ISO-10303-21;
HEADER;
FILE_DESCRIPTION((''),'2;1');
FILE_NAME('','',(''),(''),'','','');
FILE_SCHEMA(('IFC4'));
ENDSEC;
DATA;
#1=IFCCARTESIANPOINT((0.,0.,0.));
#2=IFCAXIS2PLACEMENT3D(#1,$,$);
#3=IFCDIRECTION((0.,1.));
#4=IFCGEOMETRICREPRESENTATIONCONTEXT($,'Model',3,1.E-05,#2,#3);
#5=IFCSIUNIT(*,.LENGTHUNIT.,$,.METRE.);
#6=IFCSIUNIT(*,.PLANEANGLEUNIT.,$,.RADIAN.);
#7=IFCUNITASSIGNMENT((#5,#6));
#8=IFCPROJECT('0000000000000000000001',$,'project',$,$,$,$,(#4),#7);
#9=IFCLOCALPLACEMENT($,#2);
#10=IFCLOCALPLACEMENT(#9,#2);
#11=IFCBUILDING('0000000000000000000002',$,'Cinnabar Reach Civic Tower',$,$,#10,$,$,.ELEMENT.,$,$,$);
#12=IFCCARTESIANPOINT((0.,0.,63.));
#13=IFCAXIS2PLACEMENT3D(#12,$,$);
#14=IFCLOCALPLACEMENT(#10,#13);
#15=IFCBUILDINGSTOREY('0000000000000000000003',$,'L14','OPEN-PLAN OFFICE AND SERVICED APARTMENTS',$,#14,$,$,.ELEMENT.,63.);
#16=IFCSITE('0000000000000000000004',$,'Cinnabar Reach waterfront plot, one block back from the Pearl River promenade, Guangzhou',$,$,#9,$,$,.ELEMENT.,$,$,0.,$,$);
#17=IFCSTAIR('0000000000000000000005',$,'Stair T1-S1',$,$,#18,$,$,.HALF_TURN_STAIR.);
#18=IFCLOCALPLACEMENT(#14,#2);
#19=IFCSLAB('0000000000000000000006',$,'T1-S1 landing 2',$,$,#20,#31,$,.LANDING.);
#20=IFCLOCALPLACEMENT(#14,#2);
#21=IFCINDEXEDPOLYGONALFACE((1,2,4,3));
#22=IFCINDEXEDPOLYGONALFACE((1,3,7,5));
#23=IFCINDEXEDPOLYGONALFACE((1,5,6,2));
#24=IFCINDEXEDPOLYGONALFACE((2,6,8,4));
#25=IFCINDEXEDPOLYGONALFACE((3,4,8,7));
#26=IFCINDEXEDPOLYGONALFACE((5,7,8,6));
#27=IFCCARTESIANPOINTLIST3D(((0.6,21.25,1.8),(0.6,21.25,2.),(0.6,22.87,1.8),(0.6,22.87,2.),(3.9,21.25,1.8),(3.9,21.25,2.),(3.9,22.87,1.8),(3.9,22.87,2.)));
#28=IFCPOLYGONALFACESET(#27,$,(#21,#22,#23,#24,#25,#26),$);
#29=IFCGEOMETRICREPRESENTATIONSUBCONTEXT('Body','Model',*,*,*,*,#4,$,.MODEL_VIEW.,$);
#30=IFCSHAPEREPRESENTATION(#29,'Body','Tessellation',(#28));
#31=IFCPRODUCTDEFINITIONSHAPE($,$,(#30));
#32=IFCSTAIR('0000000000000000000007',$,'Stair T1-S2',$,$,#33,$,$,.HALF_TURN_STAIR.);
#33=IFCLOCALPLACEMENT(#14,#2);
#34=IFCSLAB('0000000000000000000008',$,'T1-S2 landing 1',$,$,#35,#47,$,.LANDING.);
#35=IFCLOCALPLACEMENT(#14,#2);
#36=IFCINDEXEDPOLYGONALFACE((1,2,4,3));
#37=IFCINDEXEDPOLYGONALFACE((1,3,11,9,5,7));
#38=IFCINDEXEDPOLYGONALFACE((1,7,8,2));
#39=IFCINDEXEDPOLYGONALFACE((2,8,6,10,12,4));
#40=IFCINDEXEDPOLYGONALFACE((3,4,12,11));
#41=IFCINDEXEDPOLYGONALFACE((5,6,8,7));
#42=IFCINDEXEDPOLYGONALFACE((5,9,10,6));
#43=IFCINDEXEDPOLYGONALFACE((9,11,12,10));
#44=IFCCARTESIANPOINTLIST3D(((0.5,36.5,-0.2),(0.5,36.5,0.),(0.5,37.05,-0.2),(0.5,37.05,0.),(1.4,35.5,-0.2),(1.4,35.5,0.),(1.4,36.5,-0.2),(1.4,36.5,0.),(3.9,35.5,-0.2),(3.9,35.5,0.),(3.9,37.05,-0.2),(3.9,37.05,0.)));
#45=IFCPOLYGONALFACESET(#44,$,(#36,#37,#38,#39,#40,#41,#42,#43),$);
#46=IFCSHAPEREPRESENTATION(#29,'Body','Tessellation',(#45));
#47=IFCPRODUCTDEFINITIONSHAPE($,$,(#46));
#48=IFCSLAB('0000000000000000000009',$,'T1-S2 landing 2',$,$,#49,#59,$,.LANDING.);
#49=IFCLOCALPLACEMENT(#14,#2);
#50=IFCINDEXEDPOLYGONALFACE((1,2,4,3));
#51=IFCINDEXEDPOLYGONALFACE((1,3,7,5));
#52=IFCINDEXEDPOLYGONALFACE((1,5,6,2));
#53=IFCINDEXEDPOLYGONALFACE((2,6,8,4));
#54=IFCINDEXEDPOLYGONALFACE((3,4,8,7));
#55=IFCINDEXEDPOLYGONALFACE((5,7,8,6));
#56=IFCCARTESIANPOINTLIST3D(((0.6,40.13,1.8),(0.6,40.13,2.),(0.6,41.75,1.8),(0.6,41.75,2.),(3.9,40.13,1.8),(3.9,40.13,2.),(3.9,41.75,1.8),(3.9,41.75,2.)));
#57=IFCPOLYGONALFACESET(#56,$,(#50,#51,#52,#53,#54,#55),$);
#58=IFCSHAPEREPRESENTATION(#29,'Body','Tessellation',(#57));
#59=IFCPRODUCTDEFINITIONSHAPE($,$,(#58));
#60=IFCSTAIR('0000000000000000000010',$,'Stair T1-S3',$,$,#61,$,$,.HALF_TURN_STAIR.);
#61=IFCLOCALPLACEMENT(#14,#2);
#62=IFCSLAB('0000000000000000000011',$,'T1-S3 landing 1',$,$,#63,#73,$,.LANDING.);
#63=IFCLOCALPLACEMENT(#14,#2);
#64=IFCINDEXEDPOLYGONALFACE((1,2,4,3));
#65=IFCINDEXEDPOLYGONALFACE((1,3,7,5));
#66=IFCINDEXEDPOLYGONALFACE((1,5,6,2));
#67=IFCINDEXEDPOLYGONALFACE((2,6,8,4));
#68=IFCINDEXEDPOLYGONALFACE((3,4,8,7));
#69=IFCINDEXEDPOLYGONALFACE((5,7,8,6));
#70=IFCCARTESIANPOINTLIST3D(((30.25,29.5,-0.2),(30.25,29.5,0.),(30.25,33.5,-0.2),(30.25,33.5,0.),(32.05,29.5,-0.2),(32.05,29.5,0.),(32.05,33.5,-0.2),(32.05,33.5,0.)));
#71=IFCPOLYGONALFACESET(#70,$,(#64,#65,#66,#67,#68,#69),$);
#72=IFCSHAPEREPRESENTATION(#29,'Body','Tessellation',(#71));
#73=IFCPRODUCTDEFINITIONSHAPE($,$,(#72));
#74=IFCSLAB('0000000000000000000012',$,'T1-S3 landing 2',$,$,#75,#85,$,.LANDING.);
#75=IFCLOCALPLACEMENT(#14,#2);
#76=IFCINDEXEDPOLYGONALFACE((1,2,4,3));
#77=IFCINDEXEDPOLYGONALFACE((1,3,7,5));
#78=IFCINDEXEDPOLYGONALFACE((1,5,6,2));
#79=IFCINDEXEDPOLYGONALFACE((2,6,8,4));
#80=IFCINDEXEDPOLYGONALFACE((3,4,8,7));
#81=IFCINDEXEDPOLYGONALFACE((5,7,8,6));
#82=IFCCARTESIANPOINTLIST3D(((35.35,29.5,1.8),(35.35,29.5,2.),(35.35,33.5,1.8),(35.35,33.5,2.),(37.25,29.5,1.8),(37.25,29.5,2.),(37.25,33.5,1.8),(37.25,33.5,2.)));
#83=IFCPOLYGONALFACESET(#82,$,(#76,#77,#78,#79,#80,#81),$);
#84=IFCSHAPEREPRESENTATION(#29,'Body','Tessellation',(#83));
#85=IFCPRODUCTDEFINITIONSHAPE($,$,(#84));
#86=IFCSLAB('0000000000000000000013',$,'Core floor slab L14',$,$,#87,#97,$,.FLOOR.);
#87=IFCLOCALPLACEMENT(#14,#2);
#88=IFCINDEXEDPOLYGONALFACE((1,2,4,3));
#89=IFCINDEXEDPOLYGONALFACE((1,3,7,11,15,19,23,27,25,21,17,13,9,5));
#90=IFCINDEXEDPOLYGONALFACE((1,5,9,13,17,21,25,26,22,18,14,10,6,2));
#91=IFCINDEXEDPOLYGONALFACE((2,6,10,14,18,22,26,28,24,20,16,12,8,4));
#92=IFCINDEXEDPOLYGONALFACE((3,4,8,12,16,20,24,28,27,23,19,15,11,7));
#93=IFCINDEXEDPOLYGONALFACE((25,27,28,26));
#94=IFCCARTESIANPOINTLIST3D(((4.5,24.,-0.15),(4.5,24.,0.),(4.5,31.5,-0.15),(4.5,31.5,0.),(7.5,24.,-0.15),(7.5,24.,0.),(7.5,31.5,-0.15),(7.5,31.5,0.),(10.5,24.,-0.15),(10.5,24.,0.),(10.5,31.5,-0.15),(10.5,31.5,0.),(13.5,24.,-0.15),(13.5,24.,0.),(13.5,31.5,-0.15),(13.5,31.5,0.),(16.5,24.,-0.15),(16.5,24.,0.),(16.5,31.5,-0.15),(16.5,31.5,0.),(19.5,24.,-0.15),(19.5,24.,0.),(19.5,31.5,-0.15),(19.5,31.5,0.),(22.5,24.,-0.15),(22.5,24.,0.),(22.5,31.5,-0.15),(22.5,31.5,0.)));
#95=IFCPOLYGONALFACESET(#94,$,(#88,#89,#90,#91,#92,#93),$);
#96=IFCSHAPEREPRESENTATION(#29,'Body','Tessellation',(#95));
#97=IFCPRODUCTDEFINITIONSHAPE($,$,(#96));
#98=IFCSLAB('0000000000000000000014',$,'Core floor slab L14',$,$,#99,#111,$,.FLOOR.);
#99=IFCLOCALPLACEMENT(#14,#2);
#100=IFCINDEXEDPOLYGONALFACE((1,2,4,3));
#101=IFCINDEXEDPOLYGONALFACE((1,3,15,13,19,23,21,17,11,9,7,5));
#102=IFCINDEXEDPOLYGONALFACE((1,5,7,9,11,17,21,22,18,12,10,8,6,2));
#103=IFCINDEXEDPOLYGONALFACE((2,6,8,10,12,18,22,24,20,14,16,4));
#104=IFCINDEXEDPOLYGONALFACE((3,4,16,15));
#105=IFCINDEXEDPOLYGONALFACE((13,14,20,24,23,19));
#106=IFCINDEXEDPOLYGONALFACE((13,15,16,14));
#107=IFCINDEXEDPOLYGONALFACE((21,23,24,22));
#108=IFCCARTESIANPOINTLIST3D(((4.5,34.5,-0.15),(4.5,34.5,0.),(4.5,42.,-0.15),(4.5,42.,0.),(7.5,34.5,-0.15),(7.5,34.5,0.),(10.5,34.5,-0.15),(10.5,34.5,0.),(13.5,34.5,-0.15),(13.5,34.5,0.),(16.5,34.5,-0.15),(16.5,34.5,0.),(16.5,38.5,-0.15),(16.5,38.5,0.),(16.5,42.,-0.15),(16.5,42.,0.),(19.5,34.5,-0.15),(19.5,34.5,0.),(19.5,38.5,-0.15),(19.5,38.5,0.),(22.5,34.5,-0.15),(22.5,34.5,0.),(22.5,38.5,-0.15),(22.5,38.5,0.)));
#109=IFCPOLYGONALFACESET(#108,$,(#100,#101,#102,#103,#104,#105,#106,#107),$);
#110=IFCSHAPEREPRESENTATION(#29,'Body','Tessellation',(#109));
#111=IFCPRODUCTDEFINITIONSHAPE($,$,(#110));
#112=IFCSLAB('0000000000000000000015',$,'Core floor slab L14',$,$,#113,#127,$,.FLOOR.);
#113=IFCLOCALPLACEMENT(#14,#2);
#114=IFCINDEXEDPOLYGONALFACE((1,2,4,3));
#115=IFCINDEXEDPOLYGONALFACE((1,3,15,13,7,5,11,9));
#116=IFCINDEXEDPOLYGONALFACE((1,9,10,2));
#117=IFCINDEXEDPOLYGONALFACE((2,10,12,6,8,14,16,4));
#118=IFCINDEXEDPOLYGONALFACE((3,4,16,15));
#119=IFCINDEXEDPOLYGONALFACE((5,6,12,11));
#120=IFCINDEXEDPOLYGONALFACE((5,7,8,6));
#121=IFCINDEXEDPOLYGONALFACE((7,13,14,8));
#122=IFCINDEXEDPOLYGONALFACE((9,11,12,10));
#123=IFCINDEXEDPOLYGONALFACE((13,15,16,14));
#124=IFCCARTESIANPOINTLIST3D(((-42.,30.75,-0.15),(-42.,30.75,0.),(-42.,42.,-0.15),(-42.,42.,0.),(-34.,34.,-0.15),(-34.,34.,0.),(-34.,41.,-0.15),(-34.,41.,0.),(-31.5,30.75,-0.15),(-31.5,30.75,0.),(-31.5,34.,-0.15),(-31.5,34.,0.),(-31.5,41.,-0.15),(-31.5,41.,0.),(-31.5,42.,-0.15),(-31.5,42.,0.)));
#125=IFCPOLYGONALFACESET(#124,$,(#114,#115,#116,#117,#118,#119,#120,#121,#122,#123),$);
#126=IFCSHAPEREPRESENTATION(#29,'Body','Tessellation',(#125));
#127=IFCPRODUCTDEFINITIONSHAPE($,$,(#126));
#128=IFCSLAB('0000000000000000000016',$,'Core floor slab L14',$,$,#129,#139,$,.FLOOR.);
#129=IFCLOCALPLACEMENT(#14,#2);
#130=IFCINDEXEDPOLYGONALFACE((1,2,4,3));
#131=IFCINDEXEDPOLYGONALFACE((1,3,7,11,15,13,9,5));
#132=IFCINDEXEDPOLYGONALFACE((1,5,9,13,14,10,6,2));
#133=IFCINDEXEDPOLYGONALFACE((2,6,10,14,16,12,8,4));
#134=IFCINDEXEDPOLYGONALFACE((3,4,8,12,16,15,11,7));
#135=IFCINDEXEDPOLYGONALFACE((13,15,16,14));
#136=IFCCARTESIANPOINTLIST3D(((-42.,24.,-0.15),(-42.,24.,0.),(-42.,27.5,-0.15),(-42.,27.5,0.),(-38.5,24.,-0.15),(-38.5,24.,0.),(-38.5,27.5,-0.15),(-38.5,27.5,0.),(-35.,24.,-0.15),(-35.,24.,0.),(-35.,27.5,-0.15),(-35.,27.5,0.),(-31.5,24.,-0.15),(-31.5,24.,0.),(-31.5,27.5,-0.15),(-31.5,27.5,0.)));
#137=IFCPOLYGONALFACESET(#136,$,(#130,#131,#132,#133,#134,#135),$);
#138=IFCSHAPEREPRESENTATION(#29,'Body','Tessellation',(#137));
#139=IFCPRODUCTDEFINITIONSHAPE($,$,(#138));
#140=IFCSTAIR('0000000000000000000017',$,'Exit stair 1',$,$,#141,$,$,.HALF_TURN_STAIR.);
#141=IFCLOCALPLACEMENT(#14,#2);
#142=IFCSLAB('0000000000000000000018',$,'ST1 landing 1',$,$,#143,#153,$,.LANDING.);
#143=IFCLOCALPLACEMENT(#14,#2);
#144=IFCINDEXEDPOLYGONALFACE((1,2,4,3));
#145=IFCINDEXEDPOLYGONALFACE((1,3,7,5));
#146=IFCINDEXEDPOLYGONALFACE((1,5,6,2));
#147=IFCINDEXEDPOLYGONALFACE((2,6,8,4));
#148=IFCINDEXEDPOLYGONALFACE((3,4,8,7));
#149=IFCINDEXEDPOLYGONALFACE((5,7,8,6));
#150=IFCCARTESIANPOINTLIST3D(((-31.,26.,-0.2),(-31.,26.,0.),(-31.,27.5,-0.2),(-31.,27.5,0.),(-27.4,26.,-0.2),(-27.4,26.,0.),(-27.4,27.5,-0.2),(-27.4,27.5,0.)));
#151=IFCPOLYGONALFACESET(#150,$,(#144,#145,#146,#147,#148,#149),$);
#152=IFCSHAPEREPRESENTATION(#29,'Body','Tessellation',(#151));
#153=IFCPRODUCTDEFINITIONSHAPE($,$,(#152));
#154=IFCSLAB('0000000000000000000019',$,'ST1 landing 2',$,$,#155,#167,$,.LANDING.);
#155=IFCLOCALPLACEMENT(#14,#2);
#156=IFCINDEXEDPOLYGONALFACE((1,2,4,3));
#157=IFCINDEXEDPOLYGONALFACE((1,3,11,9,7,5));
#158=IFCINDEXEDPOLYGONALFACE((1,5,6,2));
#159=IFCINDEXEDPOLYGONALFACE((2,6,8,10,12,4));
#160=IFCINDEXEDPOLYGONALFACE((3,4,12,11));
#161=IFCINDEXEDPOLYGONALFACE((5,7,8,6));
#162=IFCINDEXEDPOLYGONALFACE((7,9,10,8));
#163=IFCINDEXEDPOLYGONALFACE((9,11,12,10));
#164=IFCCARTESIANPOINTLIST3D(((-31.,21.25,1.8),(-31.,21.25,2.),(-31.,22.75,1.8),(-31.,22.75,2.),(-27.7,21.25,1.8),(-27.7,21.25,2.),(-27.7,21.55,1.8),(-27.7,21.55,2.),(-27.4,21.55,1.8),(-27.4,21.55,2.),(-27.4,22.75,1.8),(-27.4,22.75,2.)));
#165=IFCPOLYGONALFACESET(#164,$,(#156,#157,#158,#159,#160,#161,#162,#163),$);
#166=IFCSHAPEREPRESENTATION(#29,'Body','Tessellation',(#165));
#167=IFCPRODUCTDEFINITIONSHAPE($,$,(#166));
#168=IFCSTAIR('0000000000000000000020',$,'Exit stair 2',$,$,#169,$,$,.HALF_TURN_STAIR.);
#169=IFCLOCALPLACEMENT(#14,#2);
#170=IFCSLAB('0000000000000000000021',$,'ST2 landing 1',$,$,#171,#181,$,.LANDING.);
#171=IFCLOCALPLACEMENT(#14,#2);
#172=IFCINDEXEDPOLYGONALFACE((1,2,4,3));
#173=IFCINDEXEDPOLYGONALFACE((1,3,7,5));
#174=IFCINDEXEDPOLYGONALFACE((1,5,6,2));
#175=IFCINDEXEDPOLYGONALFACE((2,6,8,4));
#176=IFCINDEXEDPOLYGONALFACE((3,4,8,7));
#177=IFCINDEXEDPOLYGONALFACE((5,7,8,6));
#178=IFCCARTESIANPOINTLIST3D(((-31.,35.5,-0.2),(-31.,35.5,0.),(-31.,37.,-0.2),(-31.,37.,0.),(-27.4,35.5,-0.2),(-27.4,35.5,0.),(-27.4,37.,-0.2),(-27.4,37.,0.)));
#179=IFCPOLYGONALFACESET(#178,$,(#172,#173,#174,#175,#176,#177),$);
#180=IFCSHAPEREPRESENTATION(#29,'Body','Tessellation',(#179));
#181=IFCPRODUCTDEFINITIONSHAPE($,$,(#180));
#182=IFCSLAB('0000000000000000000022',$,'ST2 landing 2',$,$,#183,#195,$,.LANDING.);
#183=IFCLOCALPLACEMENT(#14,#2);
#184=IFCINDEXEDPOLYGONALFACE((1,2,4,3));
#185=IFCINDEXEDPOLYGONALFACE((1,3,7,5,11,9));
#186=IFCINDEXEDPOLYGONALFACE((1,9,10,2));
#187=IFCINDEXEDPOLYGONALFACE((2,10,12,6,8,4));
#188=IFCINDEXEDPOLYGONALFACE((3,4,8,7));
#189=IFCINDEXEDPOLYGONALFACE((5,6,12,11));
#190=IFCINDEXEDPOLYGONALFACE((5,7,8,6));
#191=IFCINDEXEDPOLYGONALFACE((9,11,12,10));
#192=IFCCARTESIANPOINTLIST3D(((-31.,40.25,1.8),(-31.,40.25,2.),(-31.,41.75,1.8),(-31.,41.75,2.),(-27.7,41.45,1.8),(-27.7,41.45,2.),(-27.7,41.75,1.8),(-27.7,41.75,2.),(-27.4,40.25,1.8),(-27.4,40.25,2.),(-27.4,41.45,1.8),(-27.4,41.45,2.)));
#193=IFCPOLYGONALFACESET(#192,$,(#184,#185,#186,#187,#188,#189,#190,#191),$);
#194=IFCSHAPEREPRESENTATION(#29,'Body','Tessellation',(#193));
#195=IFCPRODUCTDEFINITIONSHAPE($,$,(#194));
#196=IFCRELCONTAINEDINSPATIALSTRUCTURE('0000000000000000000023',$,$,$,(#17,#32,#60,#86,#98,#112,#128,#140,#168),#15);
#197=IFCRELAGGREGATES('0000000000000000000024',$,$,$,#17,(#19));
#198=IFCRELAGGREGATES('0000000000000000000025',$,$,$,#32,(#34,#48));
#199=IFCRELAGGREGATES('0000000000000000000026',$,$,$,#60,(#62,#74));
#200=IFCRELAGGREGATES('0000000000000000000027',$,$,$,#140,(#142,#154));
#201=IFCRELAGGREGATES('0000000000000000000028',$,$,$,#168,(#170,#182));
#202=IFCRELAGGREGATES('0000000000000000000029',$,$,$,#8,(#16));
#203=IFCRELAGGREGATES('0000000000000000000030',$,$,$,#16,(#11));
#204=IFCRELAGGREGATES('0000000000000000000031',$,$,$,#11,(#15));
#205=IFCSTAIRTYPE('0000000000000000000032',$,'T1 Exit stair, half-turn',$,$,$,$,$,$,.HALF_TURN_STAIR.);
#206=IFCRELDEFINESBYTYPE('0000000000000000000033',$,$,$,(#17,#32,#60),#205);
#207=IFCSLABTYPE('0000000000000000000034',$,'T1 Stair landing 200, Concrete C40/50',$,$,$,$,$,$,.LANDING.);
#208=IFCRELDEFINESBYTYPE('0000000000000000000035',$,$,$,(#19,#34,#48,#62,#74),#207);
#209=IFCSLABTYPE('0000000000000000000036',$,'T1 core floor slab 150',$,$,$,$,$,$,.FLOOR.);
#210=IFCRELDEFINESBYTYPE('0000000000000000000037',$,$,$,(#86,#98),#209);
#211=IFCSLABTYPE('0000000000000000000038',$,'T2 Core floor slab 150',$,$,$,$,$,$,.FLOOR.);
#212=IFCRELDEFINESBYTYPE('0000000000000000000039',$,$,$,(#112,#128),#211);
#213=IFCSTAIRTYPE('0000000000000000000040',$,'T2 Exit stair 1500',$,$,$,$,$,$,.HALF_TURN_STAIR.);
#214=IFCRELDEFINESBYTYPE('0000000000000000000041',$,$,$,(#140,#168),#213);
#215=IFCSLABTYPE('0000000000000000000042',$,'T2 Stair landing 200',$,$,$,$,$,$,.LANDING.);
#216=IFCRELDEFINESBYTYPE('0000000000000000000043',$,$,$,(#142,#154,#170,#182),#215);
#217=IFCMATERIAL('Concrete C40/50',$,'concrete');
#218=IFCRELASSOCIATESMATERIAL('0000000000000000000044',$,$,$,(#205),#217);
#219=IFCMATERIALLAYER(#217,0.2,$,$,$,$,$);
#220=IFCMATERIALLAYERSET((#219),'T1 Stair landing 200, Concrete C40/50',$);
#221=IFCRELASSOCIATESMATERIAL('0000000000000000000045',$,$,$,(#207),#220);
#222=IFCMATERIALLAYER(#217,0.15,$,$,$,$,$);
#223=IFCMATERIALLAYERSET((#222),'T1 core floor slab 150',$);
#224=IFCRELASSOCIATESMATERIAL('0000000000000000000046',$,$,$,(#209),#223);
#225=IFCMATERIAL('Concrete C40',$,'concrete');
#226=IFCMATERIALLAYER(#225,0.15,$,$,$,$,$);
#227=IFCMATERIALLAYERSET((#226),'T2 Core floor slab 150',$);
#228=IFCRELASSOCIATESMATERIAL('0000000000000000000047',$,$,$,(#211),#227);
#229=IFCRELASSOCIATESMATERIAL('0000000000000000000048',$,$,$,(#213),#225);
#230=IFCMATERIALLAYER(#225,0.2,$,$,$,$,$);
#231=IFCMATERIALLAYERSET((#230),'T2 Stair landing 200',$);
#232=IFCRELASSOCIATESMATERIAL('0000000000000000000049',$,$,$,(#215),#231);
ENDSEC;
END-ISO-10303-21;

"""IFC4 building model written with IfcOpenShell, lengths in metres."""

from ifc_helpers import new_model, si_unit, direction, frame, origin, place, context, subcontext, project, spatial, polyline, outline, extrude, material, layer, layer_set, type_object, element, aggregate, save


model = new_model("IFC4")

# Units and contexts
model_context = context("Model", 3, precision=1e-05, world=origin(), true_north=direction((0.0, 1.0)))
body_context = subcontext(model_context, "Body", "Model", "MODEL_VIEW")
ifc_project = project(units=[si_unit("LENGTHUNIT", "METRE"), si_unit("PLANEANGLEUNIT", "RADIAN")], contexts=[model_context])

# Site, building, storey
site_placement = place(None, origin())
site = spatial("IfcSite", under=ifc_project, at=site_placement, Name="Cinnabar Reach waterfront plot, one block back from the Pearl River promenade, Guangzhou", CompositionType="ELEMENT", RefElevation=0.0)
building_placement = place(site_placement, origin())
building = spatial("IfcBuilding", under=site, at=building_placement, Name="Cinnabar Reach Civic Tower", CompositionType="ELEMENT")
storey_placement = place(building_placement, frame((0.0, 0.0, 63.0)))
storey = spatial("IfcBuildingStorey", under=building, at=storey_placement, Name="L14", Description="OPEN-PLAN OFFICE AND SERVICED APARTMENTS", CompositionType="ELEMENT", Elevation=63.0)

# Shared definitions
ifc_material_1 = material(Name="Concrete C40", Category="concrete")

# Stairs, slabs
ifc_material_2 = material(Name="Concrete C40/50", Category="concrete")
stair_type_1 = type_object("IfcStairType", Name="T1 Exit stair, half-turn", PredefinedType="HALF_TURN_STAIR", material=ifc_material_2)
stair_1_placement = place(storey_placement, origin())
stair_1 = element("IfcStair", 1, at=stair_1_placement, inside=storey, type_object=stair_type_1, Name="Stair T1-S1", PredefinedType="HALF_TURN_STAIR")
ifc_layer_1 = layer(ifc_material_2, 0.2)
ifc_layer_set_1 = layer_set([ifc_layer_1], Name="T1 Stair landing 200, Concrete C40/50")
slab_type_1 = type_object("IfcSlabType", Name="T1 Stair landing 200, Concrete C40/50", PredefinedType="LANDING", material=ifc_layer_set_1)
slab_1_placement = place(storey_placement, frame((0.0, 0.0, 1.8)))
slab_1 = element("IfcSlab", 2, at=slab_1_placement, type_object=slab_type_1, Name="T1-S1 landing 2", PredefinedType="LANDING", context=body_context, shape_type="SweptSolid", body=[
    extrude(outline(polyline([(0.6, 21.25), (0.6, 22.87), (3.9, 22.87), (3.9, 21.25), (0.6, 21.25)])), origin(), (0.0, 0.0, 1.0), 0.2),
])
aggregate(stair_1, [slab_1])
stair_2_placement = place(storey_placement, origin())
stair_2 = element("IfcStair", 3, at=stair_2_placement, inside=storey, type_object=stair_type_1, Name="Stair T1-S2", PredefinedType="HALF_TURN_STAIR")
slab_2_placement = place(storey_placement, frame((0.0, 0.0, -0.2)))
slab_2 = element("IfcSlab", 4, at=slab_2_placement, type_object=slab_type_1, Name="T1-S2 landing 1", PredefinedType="LANDING", context=body_context, shape_type="SweptSolid", body=[
    extrude(outline(polyline([(0.5, 37.05), (3.9, 37.05), (3.9, 35.5), (1.4, 35.5), (1.4, 36.5), (0.5, 36.5), (0.5, 37.05)])), origin(), (0.0, 0.0, 1.0), 0.2),
])
slab_3_placement = place(storey_placement, frame((0.0, 0.0, 1.8)))
slab_3 = element("IfcSlab", 5, at=slab_3_placement, type_object=slab_type_1, Name="T1-S2 landing 2", PredefinedType="LANDING", context=body_context, shape_type="SweptSolid", body=[
    extrude(outline(polyline([(0.6, 40.13), (0.6, 41.75), (3.9, 41.75), (3.9, 40.13), (0.6, 40.13)])), origin(), (0.0, 0.0, 1.0), 0.2),
])
aggregate(stair_2, [slab_2, slab_3])
stair_3_placement = place(storey_placement, origin())
stair_3 = element("IfcStair", 6, at=stair_3_placement, inside=storey, type_object=stair_type_1, Name="Stair T1-S3", PredefinedType="HALF_TURN_STAIR")
slab_4_placement = place(storey_placement, frame((0.0, 0.0, -0.2)))
slab_4 = element("IfcSlab", 7, at=slab_4_placement, type_object=slab_type_1, Name="T1-S3 landing 1", PredefinedType="LANDING", context=body_context, shape_type="SweptSolid", body=[
    extrude(outline(polyline([(30.25, 29.5), (32.05, 29.5), (32.05, 33.5), (30.25, 33.5), (30.25, 29.5)])), origin(), (0.0, 0.0, 1.0), 0.2),
])
slab_5_placement = place(storey_placement, frame((0.0, 0.0, 1.8)))
slab_5 = element("IfcSlab", 8, at=slab_5_placement, type_object=slab_type_1, Name="T1-S3 landing 2", PredefinedType="LANDING", context=body_context, shape_type="SweptSolid", body=[
    extrude(outline(polyline([(35.35, 29.5), (37.25, 29.5), (37.25, 33.5), (35.35, 33.5), (35.35, 29.5)])), origin(), (0.0, 0.0, 1.0), 0.2),
])
aggregate(stair_3, [slab_4, slab_5])

# Slabs
ifc_layer_2 = layer(ifc_material_2, 0.15)
ifc_layer_set_2 = layer_set([ifc_layer_2], Name="T1 core floor slab 150")
slab_type_2 = type_object("IfcSlabType", Name="T1 core floor slab 150", PredefinedType="FLOOR", material=ifc_layer_set_2)
slab_6_placement = place(storey_placement, frame((0.0, 0.0, -0.15)))
element("IfcSlab", 9, at=slab_6_placement, inside=storey, type_object=slab_type_2, Name="Core floor slab L14", PredefinedType="FLOOR", context=body_context, shape_type="SweptSolid", body=[
    extrude(outline(polyline([(22.5, 24.0), (19.5, 24.0), (16.5, 24.0), (13.5, 24.0), (10.5, 24.0), (7.5, 24.0), (4.5, 24.0), (4.5, 31.5), (7.5, 31.5), (10.5, 31.5), (13.5, 31.5), (16.5, 31.5), (19.5, 31.5), (22.5, 31.5), (22.5, 24.0)])), origin(), (0.0, 0.0, 1.0), 0.15),
])
slab_7_placement = place(storey_placement, frame((0.0, 0.0, -0.15)))
element("IfcSlab", 10, at=slab_7_placement, inside=storey, type_object=slab_type_2, Name="Core floor slab L14", PredefinedType="FLOOR", context=body_context, shape_type="SweptSolid", body=[
    extrude(outline(polyline([(22.5, 34.5), (19.5, 34.5), (16.5, 34.5), (13.5, 34.5), (10.5, 34.5), (7.5, 34.5), (4.5, 34.5), (4.5, 42.0), (16.5, 42.0), (16.5, 38.5), (19.5, 38.5), (22.5, 38.5), (22.5, 34.5)])), origin(), (0.0, 0.0, 1.0), 0.15),
])
ifc_layer_3 = layer(ifc_material_1, 0.15)
ifc_layer_set_3 = layer_set([ifc_layer_3], Name="T2 Core floor slab 150")
slab_type_3 = type_object("IfcSlabType", Name="T2 Core floor slab 150", PredefinedType="FLOOR", material=ifc_layer_set_3)
slab_8_placement = place(storey_placement, frame((0.0, 0.0, -0.15)))
element("IfcSlab", 11, at=slab_8_placement, inside=storey, type_object=slab_type_3, Name="Core floor slab L14", PredefinedType="FLOOR", context=body_context, shape_type="SweptSolid", body=[
    extrude(outline(polyline([(-42.0, 42.0), (-31.5, 42.0), (-31.5, 41.0), (-34.0, 41.0), (-34.0, 34.0), (-31.5, 34.0), (-31.5, 30.75), (-42.0, 30.75), (-42.0, 42.0)])), origin(), (0.0, 0.0, 1.0), 0.15),
])
slab_9_placement = place(storey_placement, frame((0.0, 0.0, -0.15)))
element("IfcSlab", 12, at=slab_9_placement, inside=storey, type_object=slab_type_3, Name="Core floor slab L14", PredefinedType="FLOOR", context=body_context, shape_type="SweptSolid", body=[
    extrude(outline(polyline([(-35.0, 24.0), (-38.5, 24.0), (-42.0, 24.0), (-42.0, 27.5), (-38.5, 27.5), (-35.0, 27.5), (-31.5, 27.5), (-31.5, 24.0), (-35.0, 24.0)])), origin(), (0.0, 0.0, 1.0), 0.15),
])

# Stairs, slabs
stair_type_2 = type_object("IfcStairType", Name="T2 Exit stair 1500", PredefinedType="HALF_TURN_STAIR", material=ifc_material_1)
stair_4_placement = place(storey_placement, origin())
stair_4 = element("IfcStair", 13, at=stair_4_placement, inside=storey, type_object=stair_type_2, Name="Exit stair 1", PredefinedType="HALF_TURN_STAIR")
ifc_layer_4 = layer(ifc_material_1, 0.2)
ifc_layer_set_4 = layer_set([ifc_layer_4], Name="T2 Stair landing 200")
slab_type_4 = type_object("IfcSlabType", Name="T2 Stair landing 200", PredefinedType="LANDING", material=ifc_layer_set_4)
slab_10_placement = place(storey_placement, frame((0.0, 0.0, -0.2)))
slab_10 = element("IfcSlab", 14, at=slab_10_placement, type_object=slab_type_4, Name="ST1 landing 1", PredefinedType="LANDING", context=body_context, shape_type="SweptSolid", body=[
    extrude(outline(polyline([(-31.0, 26.0), (-31.0, 27.5), (-27.4, 27.5), (-27.4, 26.0), (-31.0, 26.0)])), origin(), (0.0, 0.0, 1.0), 0.2),
])
slab_11_placement = place(storey_placement, frame((0.0, 0.0, 1.8)))
slab_11 = element("IfcSlab", 15, at=slab_11_placement, type_object=slab_type_4, Name="ST1 landing 2", PredefinedType="LANDING", context=body_context, shape_type="SweptSolid", body=[
    extrude(outline(polyline([(-31.0, 21.25), (-31.0, 22.75), (-27.4, 22.75), (-27.4, 21.55), (-27.7, 21.55), (-27.7, 21.25), (-31.0, 21.25)])), origin(), (0.0, 0.0, 1.0), 0.2),
])
aggregate(stair_4, [slab_10, slab_11])
stair_5_placement = place(storey_placement, origin())
stair_5 = element("IfcStair", 16, at=stair_5_placement, inside=storey, type_object=stair_type_2, Name="Exit stair 2", PredefinedType="HALF_TURN_STAIR")
slab_12_placement = place(storey_placement, frame((0.0, 0.0, -0.2)))
slab_12 = element("IfcSlab", 17, at=slab_12_placement, type_object=slab_type_4, Name="ST2 landing 1", PredefinedType="LANDING", context=body_context, shape_type="SweptSolid", body=[
    extrude(outline(polyline([(-31.0, 35.5), (-31.0, 37.0), (-27.4, 37.0), (-27.4, 35.5), (-31.0, 35.5)])), origin(), (0.0, 0.0, 1.0), 0.2),
])
slab_13_placement = place(storey_placement, frame((0.0, 0.0, 1.8)))
slab_13 = element("IfcSlab", 18, at=slab_13_placement, type_object=slab_type_4, Name="ST2 landing 2", PredefinedType="LANDING", context=body_context, shape_type="SweptSolid", body=[
    extrude(outline(polyline([(-27.4, 40.25), (-31.0, 40.25), (-31.0, 41.75), (-27.7, 41.75), (-27.7, 41.45), (-27.4, 41.45), (-27.4, 40.25)])), origin(), (0.0, 0.0, 1.0), 0.2),
])
aggregate(stair_5, [slab_12, slab_13])

save(model, "model.ifc")
